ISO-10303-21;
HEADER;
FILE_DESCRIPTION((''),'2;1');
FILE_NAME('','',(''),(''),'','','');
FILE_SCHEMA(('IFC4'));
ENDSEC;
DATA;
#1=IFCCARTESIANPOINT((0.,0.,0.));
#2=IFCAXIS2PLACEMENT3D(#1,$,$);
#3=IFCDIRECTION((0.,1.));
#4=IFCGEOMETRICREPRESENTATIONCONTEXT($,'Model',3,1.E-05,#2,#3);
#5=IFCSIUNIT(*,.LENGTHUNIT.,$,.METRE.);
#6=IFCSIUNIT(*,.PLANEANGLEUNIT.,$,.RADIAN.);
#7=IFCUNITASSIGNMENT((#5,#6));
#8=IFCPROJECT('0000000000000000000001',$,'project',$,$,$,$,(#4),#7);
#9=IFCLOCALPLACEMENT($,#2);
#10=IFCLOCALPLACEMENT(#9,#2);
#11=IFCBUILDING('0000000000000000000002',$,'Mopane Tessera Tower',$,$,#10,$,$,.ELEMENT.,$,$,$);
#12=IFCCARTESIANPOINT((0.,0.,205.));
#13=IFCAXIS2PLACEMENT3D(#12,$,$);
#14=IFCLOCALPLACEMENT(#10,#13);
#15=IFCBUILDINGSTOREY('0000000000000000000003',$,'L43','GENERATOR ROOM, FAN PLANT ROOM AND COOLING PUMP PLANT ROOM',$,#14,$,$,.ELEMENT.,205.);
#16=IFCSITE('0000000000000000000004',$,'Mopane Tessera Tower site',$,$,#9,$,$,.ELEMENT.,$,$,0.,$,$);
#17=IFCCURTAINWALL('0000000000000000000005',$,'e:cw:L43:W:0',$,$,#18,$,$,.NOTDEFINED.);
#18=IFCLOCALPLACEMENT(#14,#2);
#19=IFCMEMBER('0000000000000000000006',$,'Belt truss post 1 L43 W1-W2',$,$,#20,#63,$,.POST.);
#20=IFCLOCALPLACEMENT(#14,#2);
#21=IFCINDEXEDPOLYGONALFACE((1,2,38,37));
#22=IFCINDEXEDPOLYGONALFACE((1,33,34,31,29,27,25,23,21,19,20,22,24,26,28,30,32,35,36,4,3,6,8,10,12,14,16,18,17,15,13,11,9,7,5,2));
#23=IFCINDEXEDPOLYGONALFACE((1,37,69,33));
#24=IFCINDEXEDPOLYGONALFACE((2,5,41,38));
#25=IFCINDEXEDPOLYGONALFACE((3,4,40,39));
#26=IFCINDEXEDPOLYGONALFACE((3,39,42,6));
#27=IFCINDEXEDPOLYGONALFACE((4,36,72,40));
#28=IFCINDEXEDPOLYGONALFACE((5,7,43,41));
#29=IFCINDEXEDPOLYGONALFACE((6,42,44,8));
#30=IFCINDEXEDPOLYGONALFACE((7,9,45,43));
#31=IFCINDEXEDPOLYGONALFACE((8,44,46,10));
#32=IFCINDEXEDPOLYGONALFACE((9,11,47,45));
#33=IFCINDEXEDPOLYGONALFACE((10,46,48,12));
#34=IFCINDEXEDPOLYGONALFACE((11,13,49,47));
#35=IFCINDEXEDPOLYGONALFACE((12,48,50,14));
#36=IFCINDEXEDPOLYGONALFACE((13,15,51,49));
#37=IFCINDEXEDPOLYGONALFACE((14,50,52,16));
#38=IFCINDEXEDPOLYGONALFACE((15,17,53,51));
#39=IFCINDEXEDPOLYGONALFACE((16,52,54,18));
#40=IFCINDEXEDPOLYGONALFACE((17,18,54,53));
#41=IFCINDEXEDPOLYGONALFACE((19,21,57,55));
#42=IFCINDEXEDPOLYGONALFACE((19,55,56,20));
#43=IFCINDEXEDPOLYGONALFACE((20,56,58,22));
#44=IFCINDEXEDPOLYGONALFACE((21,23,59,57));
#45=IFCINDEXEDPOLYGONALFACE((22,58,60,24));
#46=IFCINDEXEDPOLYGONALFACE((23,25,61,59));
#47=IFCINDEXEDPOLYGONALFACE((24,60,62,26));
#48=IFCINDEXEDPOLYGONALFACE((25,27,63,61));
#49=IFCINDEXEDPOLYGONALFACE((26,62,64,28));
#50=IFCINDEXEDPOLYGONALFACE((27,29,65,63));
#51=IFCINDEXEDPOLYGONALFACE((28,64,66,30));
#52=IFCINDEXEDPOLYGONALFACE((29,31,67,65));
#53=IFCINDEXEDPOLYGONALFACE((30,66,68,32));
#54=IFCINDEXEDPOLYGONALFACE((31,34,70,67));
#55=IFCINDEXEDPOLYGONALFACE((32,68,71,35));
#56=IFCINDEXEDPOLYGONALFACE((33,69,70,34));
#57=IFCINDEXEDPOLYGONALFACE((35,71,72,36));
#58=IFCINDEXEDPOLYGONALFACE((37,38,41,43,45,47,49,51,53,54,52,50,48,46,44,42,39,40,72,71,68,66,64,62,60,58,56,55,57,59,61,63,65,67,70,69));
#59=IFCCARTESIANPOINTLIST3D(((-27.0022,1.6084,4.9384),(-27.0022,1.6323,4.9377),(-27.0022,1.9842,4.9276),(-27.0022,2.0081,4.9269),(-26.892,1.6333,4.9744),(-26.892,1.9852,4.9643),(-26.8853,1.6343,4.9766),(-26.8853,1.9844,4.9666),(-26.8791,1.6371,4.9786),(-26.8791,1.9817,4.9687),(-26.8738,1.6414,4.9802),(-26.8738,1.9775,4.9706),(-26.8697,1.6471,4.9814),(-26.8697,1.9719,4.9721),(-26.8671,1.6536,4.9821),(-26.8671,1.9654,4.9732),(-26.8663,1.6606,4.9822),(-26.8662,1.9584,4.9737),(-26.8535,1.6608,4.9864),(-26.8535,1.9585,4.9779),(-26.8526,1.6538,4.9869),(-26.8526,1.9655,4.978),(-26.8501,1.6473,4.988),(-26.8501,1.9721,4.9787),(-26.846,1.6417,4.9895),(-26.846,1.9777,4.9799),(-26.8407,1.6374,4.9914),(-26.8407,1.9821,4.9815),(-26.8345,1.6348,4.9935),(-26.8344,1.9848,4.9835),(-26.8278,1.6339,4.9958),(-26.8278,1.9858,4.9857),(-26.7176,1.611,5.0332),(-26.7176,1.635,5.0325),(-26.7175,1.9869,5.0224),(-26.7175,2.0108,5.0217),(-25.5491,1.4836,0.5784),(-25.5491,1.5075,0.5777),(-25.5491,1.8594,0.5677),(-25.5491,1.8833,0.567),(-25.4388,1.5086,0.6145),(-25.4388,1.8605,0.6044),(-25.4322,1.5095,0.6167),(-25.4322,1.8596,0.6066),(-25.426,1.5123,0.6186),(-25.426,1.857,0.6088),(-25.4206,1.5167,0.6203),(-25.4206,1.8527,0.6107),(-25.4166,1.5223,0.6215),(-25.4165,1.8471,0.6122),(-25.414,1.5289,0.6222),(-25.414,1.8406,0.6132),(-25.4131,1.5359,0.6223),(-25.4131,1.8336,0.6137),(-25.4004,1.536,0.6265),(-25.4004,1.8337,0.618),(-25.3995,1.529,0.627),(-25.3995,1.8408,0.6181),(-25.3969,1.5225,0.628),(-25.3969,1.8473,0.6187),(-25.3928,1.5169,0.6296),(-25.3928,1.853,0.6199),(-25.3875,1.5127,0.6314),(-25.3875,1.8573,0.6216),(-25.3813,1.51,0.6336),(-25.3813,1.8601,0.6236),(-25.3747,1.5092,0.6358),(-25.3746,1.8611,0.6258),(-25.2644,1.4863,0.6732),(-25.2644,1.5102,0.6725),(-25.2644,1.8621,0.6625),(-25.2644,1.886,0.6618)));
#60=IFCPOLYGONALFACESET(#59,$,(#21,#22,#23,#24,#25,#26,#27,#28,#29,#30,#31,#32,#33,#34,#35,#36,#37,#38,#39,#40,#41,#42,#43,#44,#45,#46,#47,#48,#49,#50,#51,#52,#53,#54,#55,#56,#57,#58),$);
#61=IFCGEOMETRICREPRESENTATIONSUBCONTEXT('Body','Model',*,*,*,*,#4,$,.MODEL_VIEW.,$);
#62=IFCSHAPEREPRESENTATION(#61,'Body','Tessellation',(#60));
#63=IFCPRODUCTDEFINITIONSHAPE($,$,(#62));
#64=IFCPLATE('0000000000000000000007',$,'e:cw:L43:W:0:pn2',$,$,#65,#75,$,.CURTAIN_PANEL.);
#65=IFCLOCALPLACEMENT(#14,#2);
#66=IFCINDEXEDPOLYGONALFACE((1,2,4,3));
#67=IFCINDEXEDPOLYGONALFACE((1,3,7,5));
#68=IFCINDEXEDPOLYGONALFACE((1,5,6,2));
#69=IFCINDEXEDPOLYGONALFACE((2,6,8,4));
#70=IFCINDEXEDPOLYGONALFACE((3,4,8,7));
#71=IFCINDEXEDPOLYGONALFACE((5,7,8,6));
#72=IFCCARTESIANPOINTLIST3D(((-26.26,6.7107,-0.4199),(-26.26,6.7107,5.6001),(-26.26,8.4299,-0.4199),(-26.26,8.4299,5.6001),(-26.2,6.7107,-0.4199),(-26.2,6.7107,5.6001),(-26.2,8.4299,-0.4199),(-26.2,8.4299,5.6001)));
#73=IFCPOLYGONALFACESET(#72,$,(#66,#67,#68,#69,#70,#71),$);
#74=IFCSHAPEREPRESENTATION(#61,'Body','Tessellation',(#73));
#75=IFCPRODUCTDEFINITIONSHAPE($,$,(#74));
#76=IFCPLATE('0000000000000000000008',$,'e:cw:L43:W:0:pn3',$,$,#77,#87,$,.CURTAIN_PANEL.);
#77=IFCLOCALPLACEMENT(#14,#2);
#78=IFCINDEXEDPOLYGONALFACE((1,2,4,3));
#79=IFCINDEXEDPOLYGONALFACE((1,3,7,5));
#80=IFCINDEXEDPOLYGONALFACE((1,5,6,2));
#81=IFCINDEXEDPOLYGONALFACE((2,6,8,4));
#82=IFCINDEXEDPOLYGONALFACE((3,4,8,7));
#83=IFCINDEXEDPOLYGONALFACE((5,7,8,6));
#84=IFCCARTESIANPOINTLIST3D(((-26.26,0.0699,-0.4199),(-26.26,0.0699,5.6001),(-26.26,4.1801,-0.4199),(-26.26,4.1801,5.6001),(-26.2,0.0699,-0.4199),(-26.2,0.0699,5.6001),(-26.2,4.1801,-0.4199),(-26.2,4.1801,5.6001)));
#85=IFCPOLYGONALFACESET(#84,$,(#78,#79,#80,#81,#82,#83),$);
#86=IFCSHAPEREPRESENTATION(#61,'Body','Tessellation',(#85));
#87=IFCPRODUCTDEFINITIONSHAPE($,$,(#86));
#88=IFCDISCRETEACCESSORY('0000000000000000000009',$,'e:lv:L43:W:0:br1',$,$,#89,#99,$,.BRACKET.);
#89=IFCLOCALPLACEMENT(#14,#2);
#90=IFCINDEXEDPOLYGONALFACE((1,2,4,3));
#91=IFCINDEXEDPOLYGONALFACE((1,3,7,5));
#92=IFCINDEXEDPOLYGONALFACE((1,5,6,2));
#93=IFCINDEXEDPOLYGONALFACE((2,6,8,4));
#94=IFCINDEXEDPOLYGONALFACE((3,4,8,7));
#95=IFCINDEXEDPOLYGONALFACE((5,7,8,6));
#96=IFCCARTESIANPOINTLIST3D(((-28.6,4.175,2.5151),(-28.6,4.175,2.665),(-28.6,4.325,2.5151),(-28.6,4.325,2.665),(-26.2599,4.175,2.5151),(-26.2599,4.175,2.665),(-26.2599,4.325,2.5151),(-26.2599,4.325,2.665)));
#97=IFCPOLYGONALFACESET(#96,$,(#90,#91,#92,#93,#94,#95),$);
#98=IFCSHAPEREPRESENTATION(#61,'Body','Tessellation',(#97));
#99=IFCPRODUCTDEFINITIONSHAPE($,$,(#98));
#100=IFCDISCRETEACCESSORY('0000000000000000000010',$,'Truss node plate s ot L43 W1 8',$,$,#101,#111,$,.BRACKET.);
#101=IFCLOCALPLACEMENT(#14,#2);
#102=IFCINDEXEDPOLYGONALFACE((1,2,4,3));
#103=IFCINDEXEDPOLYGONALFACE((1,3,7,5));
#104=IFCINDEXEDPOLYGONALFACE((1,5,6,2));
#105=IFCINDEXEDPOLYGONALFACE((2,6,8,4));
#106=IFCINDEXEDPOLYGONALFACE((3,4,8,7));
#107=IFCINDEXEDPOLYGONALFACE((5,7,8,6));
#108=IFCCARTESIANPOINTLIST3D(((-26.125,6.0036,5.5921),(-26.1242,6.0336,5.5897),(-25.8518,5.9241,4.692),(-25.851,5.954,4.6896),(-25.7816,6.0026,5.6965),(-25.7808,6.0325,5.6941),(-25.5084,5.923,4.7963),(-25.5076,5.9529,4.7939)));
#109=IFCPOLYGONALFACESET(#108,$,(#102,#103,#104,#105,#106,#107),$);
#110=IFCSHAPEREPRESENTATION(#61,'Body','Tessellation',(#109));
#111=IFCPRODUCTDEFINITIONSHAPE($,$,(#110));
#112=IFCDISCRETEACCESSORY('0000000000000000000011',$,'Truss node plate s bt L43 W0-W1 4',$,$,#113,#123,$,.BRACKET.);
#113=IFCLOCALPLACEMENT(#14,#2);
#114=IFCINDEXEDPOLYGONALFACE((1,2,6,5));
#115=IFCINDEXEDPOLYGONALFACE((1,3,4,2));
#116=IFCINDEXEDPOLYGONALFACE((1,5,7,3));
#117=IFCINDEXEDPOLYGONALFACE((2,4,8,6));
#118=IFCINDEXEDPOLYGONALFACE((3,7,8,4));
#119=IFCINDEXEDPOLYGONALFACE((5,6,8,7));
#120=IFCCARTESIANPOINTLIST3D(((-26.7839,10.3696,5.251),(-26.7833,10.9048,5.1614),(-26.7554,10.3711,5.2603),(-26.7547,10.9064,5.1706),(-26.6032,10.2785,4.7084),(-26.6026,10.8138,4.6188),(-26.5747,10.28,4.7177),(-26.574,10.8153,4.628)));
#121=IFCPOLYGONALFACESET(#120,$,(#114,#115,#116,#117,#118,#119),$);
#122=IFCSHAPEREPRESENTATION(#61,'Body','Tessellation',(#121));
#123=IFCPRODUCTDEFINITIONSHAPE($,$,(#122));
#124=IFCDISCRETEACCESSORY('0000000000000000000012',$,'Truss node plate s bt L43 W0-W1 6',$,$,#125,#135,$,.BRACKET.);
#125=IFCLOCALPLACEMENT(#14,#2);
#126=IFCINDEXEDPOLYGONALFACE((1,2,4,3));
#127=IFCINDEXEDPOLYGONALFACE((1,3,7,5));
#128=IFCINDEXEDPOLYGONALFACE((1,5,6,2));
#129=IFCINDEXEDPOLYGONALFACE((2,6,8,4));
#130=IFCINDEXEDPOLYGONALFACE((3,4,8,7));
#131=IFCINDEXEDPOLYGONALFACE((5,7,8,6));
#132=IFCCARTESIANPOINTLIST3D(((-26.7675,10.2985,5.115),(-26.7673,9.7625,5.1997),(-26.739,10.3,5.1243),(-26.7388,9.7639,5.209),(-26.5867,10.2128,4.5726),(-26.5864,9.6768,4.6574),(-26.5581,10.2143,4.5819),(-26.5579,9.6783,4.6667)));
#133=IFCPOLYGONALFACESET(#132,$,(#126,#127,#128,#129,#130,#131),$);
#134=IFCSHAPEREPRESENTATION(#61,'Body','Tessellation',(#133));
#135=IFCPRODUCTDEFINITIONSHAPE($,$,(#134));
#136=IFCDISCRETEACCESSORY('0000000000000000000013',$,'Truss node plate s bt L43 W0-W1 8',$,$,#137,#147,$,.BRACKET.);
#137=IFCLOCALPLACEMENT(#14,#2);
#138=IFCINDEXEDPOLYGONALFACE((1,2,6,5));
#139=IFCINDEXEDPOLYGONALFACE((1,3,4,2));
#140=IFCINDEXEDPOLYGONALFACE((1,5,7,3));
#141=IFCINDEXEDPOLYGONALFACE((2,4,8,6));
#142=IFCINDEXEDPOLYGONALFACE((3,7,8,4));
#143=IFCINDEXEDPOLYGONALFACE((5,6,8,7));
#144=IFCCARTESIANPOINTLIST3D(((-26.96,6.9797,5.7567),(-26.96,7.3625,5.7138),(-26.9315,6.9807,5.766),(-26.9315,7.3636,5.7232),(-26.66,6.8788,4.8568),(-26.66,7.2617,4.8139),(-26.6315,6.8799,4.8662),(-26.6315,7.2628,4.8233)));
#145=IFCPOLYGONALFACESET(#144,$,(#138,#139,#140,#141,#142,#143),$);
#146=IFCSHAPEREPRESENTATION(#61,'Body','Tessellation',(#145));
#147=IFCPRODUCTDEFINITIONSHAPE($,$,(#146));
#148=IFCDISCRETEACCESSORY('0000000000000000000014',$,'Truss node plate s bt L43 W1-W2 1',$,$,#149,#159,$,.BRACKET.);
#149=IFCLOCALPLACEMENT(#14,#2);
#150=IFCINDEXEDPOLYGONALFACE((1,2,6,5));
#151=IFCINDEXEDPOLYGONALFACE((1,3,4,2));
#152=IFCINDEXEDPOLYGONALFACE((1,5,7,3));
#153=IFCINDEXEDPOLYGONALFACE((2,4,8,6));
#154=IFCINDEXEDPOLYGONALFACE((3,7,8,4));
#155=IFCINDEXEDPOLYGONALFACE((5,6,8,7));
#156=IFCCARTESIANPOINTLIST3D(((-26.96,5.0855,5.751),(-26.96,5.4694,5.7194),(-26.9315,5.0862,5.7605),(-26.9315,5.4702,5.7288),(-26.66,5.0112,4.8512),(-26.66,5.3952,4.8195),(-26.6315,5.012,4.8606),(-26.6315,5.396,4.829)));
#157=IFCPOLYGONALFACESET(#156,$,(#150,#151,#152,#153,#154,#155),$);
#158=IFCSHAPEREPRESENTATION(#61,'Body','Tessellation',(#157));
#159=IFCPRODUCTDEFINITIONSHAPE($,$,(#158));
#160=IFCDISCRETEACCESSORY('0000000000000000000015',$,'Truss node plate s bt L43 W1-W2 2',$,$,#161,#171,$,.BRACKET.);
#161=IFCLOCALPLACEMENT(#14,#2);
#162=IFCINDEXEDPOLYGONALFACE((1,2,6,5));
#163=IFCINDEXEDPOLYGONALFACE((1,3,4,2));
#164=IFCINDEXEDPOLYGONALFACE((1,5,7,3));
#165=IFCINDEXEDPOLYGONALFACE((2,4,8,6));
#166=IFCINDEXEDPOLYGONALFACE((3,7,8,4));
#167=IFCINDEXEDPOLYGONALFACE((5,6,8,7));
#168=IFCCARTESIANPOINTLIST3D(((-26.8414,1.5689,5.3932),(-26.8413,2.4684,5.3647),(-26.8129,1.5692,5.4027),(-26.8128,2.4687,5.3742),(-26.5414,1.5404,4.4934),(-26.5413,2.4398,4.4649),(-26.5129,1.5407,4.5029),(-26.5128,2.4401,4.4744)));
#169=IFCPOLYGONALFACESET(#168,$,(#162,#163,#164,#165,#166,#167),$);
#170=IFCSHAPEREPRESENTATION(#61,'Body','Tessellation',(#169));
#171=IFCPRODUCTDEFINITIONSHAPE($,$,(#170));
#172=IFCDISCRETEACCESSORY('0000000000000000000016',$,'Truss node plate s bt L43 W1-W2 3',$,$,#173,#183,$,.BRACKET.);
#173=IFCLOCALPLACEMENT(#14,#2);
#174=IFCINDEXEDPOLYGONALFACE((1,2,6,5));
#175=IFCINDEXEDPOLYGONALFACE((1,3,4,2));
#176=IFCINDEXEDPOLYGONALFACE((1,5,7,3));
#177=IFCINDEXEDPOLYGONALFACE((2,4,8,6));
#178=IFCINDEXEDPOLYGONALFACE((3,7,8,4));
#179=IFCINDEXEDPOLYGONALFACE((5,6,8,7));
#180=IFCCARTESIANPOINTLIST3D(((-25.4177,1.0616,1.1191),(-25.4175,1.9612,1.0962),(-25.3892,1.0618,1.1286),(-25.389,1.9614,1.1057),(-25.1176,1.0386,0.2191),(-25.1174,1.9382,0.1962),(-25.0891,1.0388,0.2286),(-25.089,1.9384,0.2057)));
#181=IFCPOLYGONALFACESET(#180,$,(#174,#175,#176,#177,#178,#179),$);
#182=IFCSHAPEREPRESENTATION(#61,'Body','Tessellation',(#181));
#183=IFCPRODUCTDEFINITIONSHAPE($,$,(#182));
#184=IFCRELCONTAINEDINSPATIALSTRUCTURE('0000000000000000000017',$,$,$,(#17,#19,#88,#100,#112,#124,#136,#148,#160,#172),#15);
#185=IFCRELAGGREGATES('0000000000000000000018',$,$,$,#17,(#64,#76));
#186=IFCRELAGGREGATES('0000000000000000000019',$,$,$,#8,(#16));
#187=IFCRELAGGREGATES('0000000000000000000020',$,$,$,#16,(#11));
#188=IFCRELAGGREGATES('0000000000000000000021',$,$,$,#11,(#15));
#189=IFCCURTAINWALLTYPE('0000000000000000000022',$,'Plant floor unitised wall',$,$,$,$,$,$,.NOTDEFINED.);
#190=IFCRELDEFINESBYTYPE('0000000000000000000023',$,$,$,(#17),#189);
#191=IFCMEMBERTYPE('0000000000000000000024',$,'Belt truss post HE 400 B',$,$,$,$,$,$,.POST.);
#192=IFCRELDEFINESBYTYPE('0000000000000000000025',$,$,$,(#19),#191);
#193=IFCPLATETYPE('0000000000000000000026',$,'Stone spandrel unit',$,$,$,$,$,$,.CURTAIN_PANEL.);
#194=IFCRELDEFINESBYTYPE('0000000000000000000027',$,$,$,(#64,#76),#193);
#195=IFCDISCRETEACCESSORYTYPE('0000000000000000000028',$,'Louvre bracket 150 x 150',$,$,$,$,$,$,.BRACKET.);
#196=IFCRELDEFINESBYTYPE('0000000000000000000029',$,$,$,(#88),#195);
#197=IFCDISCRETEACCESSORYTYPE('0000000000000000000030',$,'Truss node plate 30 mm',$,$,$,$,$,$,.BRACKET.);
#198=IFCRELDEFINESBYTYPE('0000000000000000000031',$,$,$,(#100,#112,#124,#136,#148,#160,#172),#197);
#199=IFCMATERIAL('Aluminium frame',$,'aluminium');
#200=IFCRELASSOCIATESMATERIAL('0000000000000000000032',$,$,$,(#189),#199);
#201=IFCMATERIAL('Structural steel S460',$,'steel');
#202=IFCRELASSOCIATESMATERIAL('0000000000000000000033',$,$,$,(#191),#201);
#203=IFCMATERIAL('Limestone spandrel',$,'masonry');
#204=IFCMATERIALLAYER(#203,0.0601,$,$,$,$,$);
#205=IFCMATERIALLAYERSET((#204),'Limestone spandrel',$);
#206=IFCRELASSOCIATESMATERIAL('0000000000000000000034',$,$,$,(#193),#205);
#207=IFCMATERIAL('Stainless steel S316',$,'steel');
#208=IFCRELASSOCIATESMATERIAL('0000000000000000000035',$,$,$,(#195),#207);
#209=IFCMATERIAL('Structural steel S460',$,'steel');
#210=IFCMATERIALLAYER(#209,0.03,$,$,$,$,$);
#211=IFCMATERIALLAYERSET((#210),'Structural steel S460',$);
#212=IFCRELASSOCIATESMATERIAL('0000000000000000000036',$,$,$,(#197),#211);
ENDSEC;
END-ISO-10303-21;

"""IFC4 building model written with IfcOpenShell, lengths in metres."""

from ifc_helpers import new_model, si_unit, direction, frame, origin, origin_2d, place, context, subcontext, project, spatial, rectangle, i_section, extrude, material, layer, layer_set, material_profile, profile_set, type_object, element, aggregate, save


model = new_model("IFC4")

# Units and contexts
model_context = context("Model", 3, precision=1e-05, world=origin(), true_north=direction((0.0, 1.0)))
body_context = subcontext(model_context, "Body", "Model", "MODEL_VIEW")
ifc_project = project(units=[si_unit("LENGTHUNIT", "METRE"), si_unit("PLANEANGLEUNIT", "RADIAN")], contexts=[model_context])

# Site, building, storey
site_placement = place(None, origin())
site = spatial("IfcSite", under=ifc_project, at=site_placement, Name="Mopane Tessera Tower site", CompositionType="ELEMENT", RefElevation=0.0)
building_placement = place(site_placement, origin())
building = spatial("IfcBuilding", under=site, at=building_placement, Name="Mopane Tessera Tower", CompositionType="ELEMENT")
storey_placement = place(building_placement, frame((0.0, 0.0, 205.0)))
storey = spatial("IfcBuildingStorey", under=building, at=storey_placement, Name="L43", Description="GENERATOR ROOM, FAN PLANT ROOM AND COOLING PUMP PLANT ROOM", CompositionType="ELEMENT", Elevation=205.0)

# Curtain wall
ifc_material_1 = material(Name="Aluminium frame", Category="aluminium")
curtain_wall_type = type_object("IfcCurtainWallType", Name="Plant floor unitised wall", PredefinedType="NOTDEFINED", material=ifc_material_1)
curtain_wall_placement = place(storey_placement, origin())
curtain_wall = element("IfcCurtainWall", 1, at=curtain_wall_placement, inside=storey, type_object=curtain_wall_type, Name="e:cw:L43:W:0", PredefinedType="NOTDEFINED")

# Member
ifc_material_2 = material(Name="Structural steel S460", Category="steel")
ifc_material_profile_1 = material_profile(ifc_material_2, i_section(OverallWidth=0.3, OverallDepth=0.3999, WebThickness=0.0134, FlangeThickness=0.0239, FilletRadius=0.0271, at=origin_2d()))
ifc_profile_set_1 = profile_set([ifc_material_profile_1], Name="Structural steel S460")
member_type_1 = type_object("IfcMemberType", Name="Belt truss post HE 400 B", PredefinedType="POST", material=ifc_profile_set_1)
member_1_placement = place(storey_placement, frame((-25.4067, 1.6848, 0.6201), z_axis=(-0.316079, 0.027137, 0.948345), x_axis=(0.948733, 0.00898, 0.315952)))
element("IfcMember", 2, at=member_1_placement, inside=storey, type_object=member_type_1, Name="Belt truss post 1 L43 W1-W2", PredefinedType="POST", context=body_context, shape_type="SweptSolid", body=[
    extrude(i_section(OverallWidth=0.3, OverallDepth=0.3999, WebThickness=0.0134, FlangeThickness=0.0239, FilletRadius=0.0271, at=origin_2d()), origin(), (0.0, 0.0, 1.0), 4.5974),
])

# Plates
ifc_material_3 = material(Name="Limestone spandrel", Category="masonry")
ifc_layer_1 = layer(ifc_material_3, 0.0601)
ifc_layer_set_1 = layer_set([ifc_layer_1], Name="Limestone spandrel")
plate_type = type_object("IfcPlateType", Name="Stone spandrel unit", PredefinedType="CURTAIN_PANEL", material=ifc_layer_set_1)
plate_1_placement = place(storey_placement, frame((-26.23, 7.5703, -0.4199), z_axis=(0.0, 0.0, 1.0), x_axis=(0.0, -1.0, 0.0)))
plate_1 = element("IfcPlate", 3, at=plate_1_placement, type_object=plate_type, Name="e:cw:L43:W:0:pn2", PredefinedType="CURTAIN_PANEL", context=body_context, shape_type="SweptSolid", body=[
    extrude(rectangle(XDim=1.7192, YDim=0.0601, at=origin_2d()), origin(), (0.0, 0.0, 1.0), 6.02),
])
plate_2_placement = place(storey_placement, frame((-26.23, 2.125, -0.4199), z_axis=(0.0, 0.0, 1.0), x_axis=(0.0, -1.0, 0.0)))
plate_2 = element("IfcPlate", 4, at=plate_2_placement, type_object=plate_type, Name="e:cw:L43:W:0:pn3", PredefinedType="CURTAIN_PANEL", context=body_context, shape_type="SweptSolid", body=[
    extrude(rectangle(XDim=4.1101, YDim=0.0601, at=origin_2d()), origin(), (0.0, 0.0, 1.0), 6.02),
])
aggregate(curtain_wall, [plate_1, plate_2])

# Discrete accessories
ifc_material_4 = material(Name="Stainless steel S316", Category="steel")
discrete_accessory_type_1 = type_object("IfcDiscreteAccessoryType", Name="Louvre bracket 150 x 150", PredefinedType="BRACKET", material=ifc_material_4)
discrete_accessory_1_placement = place(storey_placement, frame((-27.4299, 4.25, 2.5151), z_axis=(0.0, 0.0, 1.0), x_axis=(-1.0, 0.0, 0.0)))
element("IfcDiscreteAccessory", 5, at=discrete_accessory_1_placement, inside=storey, type_object=discrete_accessory_type_1, Name="e:lv:L43:W:0:br1", PredefinedType="BRACKET", context=body_context, shape_type="SweptSolid", body=[
    extrude(rectangle(XDim=2.3401, YDim=0.1499, at=origin_2d()), origin(), (0.0, 0.0, 1.0), 0.1499),
])
ifc_material_5 = material(Name="Structural steel S460", Category="steel")
ifc_layer_2 = layer(ifc_material_5, 0.03)
ifc_layer_set_2 = layer_set([ifc_layer_2], Name="Structural steel S460")
discrete_accessory_type_2 = type_object("IfcDiscreteAccessoryType", Name="Truss node plate 30 mm", PredefinedType="BRACKET", material=ifc_layer_set_2)
discrete_accessory_2_placement = place(storey_placement, frame((-25.6797, 5.9385, 4.7429), z_axis=(-0.289384, 0.084307, 0.953493), x_axis=(-0.027373, -0.996435, 0.079796)))
element("IfcDiscreteAccessory", 6, at=discrete_accessory_2_placement, inside=storey, type_object=discrete_accessory_type_2, Name="Truss node plate s ot L43 W1 8", PredefinedType="BRACKET", context=body_context, shape_type="SweptSolid", body=[
    extrude(rectangle(XDim=0.03, YDim=0.3589, at=origin_2d()), origin(), (0.0, 0.0, 1.0), 0.9441),
])
discrete_accessory_3_placement = place(storey_placement, frame((-26.5886, 10.5469, 4.6682), z_axis=(-0.312039, 0.157284, 0.93696), x_axis=(0.950069, 0.050467, 0.307933)))
element("IfcDiscreteAccessory", 7, at=discrete_accessory_3_placement, inside=storey, type_object=discrete_accessory_type_2, Name="Truss node plate s bt L43 W0-W1 4", PredefinedType="BRACKET", context=body_context, shape_type="SweptSolid", body=[
    extrude(rectangle(XDim=0.03, YDim=0.5427, at=origin_2d()), origin(), (0.0, 0.0, 1.0), 0.5791),
])
discrete_accessory_4_placement = place(storey_placement, frame((-26.5723, 9.9456, 4.6196), z_axis=(-0.312863, 0.148198, 0.938165), x_axis=(0.949798, 0.049306, 0.308953)))
element("IfcDiscreteAccessory", 8, at=discrete_accessory_4_placement, inside=storey, type_object=discrete_accessory_type_2, Name="Truss node plate s bt L43 W0-W1 6", PredefinedType="BRACKET", context=body_context, shape_type="SweptSolid", body=[
    extrude(rectangle(XDim=0.03, YDim=0.5427, at=origin_2d()), origin(), (0.0, 0.0, 1.0), 0.5781),
])
discrete_accessory_5_placement = place(storey_placement, frame((-26.6458, 7.0708, 4.8401), z_axis=(-0.314533, 0.105697, 0.943343), x_axis=(0.949246, 0.034966, 0.312584)))
element("IfcDiscreteAccessory", 9, at=discrete_accessory_5_placement, inside=storey, type_object=discrete_accessory_type_2, Name="Truss node plate s bt L43 W0-W1 8", PredefinedType="BRACKET", context=body_context, shape_type="SweptSolid", body=[
    extrude(rectangle(XDim=0.03, YDim=0.3853, at=origin_2d()), origin(), (0.0, 0.0, 1.0), 0.9539),
])
discrete_accessory_6_placement = place(storey_placement, frame((-26.6458, 5.2036, 4.8401), z_axis=(-0.315341, 0.078001, 0.945767), x_axis=(0.948978, 0.025824, 0.314282)))
element("IfcDiscreteAccessory", 10, at=discrete_accessory_6_placement, inside=storey, type_object=discrete_accessory_type_2, Name="Truss node plate s bt L43 W1-W2 1", PredefinedType="BRACKET", context=body_context, shape_type="SweptSolid", body=[
    extrude(rectangle(XDim=0.03, YDim=0.3853, at=origin_2d()), origin(), (0.0, 0.0, 1.0), 0.9514),
])
for number, where, z_axis, x_axis, name in (
    (11, (-26.5271, 1.9902, 4.4839), (-0.316162, 0.030098, 0.948228), (0.948705, 0.009934, 0.316006), "Truss node plate s bt L43 W1-W2 2"),
    (12, (-25.1033, 1.4885, 0.2124), (-0.316212, 0.024185, 0.94838), (0.948688, 0.007897, 0.316114), "Truss node plate s bt L43 W1-W2 3"),
):
    element("IfcDiscreteAccessory", number, at=place(storey_placement, frame(where, z_axis=z_axis, x_axis=x_axis)), inside=storey, type_object=discrete_accessory_type_2, Name=name, PredefinedType="BRACKET", context=body_context, shape_type="SweptSolid", body=[
        extrude(rectangle(XDim=0.03, YDim=0.8999, at=origin_2d()), origin(), (0.0, 0.0, 1.0), 0.949),
    ])

save(model, "model.ifc")
